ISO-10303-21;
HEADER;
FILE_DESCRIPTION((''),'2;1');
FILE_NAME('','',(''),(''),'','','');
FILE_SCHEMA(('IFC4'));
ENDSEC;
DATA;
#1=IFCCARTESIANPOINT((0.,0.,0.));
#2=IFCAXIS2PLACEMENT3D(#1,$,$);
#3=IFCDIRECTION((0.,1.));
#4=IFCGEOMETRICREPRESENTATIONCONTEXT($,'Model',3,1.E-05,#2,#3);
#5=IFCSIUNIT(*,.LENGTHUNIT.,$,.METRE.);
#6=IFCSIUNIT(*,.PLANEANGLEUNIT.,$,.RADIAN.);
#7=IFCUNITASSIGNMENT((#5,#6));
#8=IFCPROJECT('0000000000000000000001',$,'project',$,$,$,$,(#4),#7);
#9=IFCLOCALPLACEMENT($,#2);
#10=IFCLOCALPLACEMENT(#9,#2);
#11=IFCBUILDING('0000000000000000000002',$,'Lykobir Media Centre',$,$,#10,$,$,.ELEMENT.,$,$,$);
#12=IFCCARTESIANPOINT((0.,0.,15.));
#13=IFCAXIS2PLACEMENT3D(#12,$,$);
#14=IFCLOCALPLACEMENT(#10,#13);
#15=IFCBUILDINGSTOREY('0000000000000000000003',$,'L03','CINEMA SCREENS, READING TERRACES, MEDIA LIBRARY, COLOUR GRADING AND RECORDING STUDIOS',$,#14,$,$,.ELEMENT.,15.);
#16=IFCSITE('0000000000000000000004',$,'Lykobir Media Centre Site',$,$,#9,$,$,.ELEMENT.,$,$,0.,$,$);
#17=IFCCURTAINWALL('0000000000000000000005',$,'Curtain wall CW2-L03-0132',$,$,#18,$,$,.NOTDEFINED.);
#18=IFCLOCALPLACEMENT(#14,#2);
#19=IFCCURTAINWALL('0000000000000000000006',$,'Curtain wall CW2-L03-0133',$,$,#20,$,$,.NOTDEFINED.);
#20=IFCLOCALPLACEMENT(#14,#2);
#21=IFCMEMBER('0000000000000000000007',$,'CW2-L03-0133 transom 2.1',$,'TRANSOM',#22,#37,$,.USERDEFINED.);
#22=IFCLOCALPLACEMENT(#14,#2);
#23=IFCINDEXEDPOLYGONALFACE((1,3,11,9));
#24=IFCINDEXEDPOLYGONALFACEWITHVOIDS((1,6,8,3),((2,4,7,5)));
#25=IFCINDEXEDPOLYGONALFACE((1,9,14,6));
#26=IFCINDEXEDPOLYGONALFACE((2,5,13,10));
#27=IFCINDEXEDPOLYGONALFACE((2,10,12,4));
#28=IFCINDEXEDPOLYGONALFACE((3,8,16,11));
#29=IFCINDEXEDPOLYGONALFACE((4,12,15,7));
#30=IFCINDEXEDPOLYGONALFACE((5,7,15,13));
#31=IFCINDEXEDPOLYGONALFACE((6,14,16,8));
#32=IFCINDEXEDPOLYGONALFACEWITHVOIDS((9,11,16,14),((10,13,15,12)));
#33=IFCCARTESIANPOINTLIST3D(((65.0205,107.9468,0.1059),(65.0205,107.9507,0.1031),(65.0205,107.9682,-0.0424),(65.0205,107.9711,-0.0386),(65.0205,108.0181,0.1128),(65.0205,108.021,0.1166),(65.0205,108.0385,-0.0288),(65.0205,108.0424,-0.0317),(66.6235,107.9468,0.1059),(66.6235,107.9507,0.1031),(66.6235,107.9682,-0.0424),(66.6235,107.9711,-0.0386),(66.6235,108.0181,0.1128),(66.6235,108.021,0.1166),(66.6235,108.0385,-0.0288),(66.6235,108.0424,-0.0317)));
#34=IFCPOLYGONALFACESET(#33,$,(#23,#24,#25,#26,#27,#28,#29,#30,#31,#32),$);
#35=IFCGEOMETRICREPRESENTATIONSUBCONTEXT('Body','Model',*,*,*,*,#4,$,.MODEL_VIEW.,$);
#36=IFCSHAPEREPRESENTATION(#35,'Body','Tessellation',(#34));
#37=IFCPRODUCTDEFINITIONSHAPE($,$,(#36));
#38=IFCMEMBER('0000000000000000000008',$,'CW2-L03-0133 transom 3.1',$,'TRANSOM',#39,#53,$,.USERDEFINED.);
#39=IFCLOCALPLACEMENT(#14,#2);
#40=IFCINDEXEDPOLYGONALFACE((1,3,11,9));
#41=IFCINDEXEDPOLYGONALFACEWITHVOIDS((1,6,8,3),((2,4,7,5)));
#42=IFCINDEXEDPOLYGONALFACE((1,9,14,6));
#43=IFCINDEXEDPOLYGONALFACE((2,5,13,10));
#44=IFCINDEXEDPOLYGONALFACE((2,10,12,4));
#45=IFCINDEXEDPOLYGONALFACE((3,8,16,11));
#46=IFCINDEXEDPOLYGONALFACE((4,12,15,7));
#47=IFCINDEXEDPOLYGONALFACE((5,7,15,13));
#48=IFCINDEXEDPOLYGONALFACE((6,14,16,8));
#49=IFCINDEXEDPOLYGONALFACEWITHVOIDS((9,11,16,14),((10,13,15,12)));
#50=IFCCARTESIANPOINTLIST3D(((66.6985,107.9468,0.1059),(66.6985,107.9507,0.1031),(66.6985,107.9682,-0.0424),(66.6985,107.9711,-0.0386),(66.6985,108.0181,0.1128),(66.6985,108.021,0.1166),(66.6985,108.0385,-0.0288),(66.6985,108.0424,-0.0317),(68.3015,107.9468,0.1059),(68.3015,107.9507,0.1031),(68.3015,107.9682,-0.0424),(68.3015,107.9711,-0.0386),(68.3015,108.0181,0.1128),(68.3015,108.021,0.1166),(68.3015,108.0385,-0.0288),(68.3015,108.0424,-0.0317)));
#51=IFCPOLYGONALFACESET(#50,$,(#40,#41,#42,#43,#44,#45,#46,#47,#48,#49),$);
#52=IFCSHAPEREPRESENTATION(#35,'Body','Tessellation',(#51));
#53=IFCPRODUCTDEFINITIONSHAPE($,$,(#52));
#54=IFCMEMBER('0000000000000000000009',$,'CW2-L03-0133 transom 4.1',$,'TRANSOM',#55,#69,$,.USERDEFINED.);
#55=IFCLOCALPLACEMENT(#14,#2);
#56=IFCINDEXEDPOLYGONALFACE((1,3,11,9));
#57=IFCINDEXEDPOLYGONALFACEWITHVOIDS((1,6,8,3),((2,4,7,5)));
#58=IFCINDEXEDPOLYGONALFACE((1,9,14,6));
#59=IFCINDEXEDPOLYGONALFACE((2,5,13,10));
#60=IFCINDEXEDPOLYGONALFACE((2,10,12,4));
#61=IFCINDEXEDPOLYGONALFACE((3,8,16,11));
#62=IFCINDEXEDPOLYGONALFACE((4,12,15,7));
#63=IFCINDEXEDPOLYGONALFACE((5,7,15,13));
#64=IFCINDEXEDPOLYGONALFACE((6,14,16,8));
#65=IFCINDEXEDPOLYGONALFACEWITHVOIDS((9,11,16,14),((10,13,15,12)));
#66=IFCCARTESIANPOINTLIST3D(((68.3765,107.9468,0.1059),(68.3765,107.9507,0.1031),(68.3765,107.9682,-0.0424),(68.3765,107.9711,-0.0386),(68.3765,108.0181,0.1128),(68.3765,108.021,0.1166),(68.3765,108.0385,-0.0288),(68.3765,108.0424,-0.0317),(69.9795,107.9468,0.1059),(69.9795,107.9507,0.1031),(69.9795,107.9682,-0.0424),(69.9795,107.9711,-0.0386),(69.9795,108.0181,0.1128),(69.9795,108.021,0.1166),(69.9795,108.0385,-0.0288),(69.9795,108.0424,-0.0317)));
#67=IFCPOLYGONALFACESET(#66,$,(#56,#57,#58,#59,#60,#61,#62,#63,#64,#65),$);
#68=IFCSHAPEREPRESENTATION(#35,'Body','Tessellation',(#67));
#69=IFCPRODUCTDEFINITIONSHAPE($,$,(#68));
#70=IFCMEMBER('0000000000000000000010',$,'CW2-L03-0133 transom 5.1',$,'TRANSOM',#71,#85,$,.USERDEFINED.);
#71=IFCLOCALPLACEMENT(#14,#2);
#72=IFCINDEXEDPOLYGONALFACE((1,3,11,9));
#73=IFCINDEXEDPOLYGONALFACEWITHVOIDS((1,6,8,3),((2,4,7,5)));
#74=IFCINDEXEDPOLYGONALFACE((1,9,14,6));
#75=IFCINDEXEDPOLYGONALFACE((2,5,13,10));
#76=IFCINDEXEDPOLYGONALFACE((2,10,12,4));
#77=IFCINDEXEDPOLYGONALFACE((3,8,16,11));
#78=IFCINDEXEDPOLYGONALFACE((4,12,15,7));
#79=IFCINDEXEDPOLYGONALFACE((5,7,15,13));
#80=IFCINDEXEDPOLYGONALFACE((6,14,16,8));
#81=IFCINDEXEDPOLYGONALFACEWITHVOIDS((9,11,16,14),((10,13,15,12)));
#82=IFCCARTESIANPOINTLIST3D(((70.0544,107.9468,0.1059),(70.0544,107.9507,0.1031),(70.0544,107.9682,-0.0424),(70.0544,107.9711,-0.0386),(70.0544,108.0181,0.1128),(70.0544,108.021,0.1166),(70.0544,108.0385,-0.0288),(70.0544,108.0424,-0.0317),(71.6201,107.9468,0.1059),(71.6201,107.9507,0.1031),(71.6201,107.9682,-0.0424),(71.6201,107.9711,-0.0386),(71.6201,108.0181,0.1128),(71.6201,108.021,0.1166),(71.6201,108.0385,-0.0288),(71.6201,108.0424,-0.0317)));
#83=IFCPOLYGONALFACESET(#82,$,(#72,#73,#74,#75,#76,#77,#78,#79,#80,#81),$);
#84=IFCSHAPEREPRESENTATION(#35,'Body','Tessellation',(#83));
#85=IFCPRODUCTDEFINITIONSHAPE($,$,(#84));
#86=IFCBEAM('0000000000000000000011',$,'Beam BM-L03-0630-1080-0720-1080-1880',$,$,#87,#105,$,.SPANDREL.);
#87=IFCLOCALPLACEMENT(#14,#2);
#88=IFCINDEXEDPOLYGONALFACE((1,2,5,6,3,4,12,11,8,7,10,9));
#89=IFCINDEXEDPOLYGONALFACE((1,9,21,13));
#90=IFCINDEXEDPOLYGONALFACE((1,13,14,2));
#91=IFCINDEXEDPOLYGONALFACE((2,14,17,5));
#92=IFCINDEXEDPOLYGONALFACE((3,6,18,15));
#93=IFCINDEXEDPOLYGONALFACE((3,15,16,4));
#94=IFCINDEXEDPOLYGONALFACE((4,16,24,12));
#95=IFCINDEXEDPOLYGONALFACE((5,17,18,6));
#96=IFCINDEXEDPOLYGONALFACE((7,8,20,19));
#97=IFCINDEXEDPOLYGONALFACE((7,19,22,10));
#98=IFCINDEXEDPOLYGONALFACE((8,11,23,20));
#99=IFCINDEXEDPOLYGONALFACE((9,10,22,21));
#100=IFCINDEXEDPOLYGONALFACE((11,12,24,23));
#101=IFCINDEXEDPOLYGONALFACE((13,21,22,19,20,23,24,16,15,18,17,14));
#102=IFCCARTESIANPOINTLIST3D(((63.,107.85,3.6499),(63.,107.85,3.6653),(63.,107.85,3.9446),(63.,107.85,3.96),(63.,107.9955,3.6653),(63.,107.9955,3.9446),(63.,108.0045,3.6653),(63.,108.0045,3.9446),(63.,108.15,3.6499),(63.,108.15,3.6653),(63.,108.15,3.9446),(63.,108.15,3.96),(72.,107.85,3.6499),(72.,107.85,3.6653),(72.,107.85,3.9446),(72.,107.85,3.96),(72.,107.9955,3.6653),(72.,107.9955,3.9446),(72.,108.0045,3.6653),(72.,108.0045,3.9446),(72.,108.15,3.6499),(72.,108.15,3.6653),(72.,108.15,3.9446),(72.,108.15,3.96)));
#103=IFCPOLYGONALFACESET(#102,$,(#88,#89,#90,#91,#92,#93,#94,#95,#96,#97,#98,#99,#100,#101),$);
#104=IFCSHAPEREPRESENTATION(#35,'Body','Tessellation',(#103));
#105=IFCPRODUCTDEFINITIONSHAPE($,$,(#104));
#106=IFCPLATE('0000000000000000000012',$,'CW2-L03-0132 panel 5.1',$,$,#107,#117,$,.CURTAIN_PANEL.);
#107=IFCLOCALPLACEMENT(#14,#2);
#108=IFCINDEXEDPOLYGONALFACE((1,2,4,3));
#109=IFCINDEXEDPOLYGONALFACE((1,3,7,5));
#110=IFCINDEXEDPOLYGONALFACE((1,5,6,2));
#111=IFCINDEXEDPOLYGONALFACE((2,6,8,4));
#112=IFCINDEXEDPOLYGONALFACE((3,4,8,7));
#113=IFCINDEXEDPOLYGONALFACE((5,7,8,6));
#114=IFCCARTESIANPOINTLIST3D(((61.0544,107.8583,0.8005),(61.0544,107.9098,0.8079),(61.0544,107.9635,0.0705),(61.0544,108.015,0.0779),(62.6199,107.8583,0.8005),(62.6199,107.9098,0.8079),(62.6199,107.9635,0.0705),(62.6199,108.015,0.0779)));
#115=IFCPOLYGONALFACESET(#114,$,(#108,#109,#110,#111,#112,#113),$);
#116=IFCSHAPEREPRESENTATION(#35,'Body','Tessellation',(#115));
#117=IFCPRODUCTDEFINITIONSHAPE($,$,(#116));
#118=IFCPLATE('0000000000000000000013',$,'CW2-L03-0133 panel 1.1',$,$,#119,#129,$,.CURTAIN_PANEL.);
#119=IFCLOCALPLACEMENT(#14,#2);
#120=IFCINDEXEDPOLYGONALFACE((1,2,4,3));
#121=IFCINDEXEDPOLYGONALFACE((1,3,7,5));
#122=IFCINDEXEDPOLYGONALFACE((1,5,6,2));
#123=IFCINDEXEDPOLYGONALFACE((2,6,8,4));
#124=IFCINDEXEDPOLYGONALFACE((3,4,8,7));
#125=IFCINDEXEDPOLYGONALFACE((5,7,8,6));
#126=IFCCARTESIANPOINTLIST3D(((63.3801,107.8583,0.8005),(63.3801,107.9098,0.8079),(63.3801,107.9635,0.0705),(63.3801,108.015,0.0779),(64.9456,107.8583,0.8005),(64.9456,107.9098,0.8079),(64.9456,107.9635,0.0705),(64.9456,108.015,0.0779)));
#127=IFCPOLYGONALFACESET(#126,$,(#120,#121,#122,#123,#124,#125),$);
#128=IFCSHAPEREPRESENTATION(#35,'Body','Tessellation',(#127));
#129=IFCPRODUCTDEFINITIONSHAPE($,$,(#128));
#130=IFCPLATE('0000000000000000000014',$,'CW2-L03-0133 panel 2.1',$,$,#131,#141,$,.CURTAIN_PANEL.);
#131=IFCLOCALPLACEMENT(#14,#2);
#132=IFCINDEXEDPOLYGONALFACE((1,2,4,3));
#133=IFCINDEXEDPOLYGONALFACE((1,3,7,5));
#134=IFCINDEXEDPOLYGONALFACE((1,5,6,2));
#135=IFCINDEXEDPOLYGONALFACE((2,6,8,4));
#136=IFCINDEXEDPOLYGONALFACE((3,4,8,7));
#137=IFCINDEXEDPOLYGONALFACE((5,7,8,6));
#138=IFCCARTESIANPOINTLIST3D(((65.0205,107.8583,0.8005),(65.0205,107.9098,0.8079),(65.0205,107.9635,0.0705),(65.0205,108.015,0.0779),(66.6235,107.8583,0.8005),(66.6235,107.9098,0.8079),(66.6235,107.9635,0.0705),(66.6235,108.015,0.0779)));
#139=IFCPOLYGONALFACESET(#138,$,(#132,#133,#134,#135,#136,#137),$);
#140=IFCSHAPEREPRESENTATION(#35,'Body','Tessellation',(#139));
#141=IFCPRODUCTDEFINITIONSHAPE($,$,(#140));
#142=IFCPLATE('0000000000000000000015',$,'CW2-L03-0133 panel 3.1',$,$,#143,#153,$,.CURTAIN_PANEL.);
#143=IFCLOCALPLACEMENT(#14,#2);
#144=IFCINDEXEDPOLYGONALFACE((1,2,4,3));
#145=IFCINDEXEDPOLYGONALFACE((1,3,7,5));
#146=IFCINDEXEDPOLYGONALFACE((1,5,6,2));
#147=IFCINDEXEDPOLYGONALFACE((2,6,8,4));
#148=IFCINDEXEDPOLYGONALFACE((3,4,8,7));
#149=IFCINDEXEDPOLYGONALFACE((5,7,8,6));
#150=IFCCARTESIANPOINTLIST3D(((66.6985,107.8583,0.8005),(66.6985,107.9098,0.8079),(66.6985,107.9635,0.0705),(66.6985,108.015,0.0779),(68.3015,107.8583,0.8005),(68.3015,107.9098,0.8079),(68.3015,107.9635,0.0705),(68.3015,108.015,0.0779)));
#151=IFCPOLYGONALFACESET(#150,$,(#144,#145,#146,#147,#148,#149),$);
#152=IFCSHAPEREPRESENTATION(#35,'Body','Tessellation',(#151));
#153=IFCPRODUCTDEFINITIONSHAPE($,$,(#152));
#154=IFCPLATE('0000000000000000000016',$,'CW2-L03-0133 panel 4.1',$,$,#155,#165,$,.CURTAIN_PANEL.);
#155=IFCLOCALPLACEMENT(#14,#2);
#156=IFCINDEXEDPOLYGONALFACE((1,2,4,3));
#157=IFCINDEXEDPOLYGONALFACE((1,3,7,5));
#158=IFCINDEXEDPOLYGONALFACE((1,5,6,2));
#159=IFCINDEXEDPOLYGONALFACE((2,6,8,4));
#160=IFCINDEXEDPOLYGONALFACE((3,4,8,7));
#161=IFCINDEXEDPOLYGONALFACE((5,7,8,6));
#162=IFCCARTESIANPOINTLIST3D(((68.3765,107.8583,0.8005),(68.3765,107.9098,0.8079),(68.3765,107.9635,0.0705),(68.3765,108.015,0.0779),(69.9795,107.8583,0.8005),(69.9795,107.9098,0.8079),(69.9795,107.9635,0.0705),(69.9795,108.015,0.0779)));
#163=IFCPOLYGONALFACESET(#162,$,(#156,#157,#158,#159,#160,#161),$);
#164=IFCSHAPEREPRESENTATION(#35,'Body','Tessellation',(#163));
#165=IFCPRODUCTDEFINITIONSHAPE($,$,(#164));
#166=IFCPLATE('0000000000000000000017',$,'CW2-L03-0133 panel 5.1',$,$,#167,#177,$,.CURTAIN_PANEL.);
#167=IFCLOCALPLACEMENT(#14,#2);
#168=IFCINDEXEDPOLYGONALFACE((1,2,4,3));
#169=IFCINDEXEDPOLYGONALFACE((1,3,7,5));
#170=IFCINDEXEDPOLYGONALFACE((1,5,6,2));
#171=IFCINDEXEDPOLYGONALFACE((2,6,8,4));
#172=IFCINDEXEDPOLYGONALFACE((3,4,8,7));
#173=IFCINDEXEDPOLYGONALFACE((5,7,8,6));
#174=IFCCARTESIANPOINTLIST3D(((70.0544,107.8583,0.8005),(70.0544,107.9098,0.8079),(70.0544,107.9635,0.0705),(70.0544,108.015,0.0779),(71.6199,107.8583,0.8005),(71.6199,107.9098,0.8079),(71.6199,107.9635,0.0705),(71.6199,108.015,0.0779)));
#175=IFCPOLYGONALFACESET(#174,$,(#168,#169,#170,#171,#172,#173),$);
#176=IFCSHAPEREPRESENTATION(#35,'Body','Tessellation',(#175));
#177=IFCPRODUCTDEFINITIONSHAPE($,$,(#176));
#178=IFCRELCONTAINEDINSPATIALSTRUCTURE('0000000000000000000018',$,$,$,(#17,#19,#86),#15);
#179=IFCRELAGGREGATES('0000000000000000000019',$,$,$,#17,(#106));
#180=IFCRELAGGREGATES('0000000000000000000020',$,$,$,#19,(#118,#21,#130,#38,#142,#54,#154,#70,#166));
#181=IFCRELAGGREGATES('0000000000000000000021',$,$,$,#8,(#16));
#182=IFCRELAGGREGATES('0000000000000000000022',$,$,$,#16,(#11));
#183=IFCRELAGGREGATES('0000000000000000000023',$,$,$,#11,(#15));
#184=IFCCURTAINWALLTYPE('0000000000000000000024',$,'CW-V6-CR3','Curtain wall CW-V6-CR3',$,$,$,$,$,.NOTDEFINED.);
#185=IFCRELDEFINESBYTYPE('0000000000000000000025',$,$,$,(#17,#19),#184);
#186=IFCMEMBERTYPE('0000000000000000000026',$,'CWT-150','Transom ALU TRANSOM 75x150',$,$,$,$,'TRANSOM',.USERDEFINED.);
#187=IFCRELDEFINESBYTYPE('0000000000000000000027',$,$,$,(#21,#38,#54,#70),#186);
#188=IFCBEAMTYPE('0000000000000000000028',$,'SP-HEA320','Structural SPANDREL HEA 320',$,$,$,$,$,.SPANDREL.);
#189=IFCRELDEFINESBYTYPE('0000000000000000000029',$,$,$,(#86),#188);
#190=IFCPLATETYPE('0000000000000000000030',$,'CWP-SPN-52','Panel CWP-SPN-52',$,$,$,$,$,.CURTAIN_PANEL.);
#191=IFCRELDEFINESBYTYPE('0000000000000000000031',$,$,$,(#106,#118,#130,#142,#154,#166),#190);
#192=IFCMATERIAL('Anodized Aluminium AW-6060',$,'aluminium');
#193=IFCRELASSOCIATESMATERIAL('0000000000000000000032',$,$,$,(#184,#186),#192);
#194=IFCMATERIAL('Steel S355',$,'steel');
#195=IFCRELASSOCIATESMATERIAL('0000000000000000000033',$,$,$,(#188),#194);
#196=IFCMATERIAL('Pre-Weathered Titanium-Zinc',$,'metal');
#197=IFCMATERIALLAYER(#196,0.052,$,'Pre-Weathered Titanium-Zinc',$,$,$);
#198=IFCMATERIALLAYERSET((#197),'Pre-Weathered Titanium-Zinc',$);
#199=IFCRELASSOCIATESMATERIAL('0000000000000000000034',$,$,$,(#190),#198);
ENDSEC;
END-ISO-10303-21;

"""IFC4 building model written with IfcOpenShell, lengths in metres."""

from ifc_helpers import new_model, si_unit, direction, frame, origin, origin_2d, place, context, subcontext, project, spatial, rectangle, hollow_rectangle, i_section, extrude, material, layer, layer_set, material_profile, profile_set, type_object, element, aggregate, save


model = new_model("IFC4")

# Units and contexts
model_context = context("Model", 3, precision=1e-05, world=origin(), true_north=direction((0.0, 1.0)))
body_context = subcontext(model_context, "Body", "Model", "MODEL_VIEW")
ifc_project = project(units=[si_unit("LENGTHUNIT", "METRE"), si_unit("PLANEANGLEUNIT", "RADIAN")], contexts=[model_context])

# Site, building, storey
site_placement = place(None, origin())
site = spatial("IfcSite", under=ifc_project, at=site_placement, Name="Lykobir Media Centre Site", CompositionType="ELEMENT", RefElevation=0.0)
building_placement = place(site_placement, origin())
building = spatial("IfcBuilding", under=site, at=building_placement, Name="Lykobir Media Centre", CompositionType="ELEMENT")
storey_placement = place(building_placement, frame((0.0, 0.0, 15.0)))
storey = spatial("IfcBuildingStorey", under=building, at=storey_placement, Name="L03", Description="CINEMA SCREENS, READING TERRACES, MEDIA LIBRARY, COLOUR GRADING AND RECORDING STUDIOS", CompositionType="ELEMENT", Elevation=15.0)

# Curtain walls
ifc_material_1 = material(Name="Anodized Aluminium AW-6060", Category="aluminium")
curtain_wall_type = type_object("IfcCurtainWallType", Name="CW-V6-CR3", Description="Curtain wall CW-V6-CR3", PredefinedType="NOTDEFINED", material=ifc_material_1)
curtain_wall_1_placement = place(storey_placement, origin())
curtain_wall_1 = element("IfcCurtainWall", 1, at=curtain_wall_1_placement, inside=storey, type_object=curtain_wall_type, Name="Curtain wall CW2-L03-0132", PredefinedType="NOTDEFINED")
curtain_wall_2_placement = place(storey_placement, origin())
curtain_wall_2 = element("IfcCurtainWall", 2, at=curtain_wall_2_placement, inside=storey, type_object=curtain_wall_type, Name="Curtain wall CW2-L03-0133", PredefinedType="NOTDEFINED")

# Members
ifc_material_profile_1 = material_profile(ifc_material_1, hollow_rectangle(XDim=0.075, YDim=0.1499, WallThickness=0.0034, at=origin_2d()), Name="ALU TRANSOM 75x150")
ifc_profile_set_1 = profile_set([ifc_material_profile_1], Name="Anodized Aluminium AW-6060")
member_type_1 = type_object("IfcMemberType", Name="CWT-150", Description="Transom ALU TRANSOM 75x150", ElementType="TRANSOM", PredefinedType="USERDEFINED", material=ifc_profile_set_1)
member_1_placement = place(storey_placement, frame((65.0205, 107.9946, 0.0371), z_axis=(1.0, 0.0, 0.0), x_axis=(0.0, 0.989776, 0.142629)))
member_1 = element("IfcMember", 3, at=member_1_placement, type_object=member_type_1, Name="CW2-L03-0133 transom 2.1", ObjectType="TRANSOM", PredefinedType="USERDEFINED", context=body_context, shape_type="SweptSolid", body=[
    extrude(hollow_rectangle(XDim=0.075, YDim=0.1499, WallThickness=0.0034, at=origin_2d()), origin(), (0.0, 0.0, 1.0), 1.603),
])
member_2_placement = place(storey_placement, frame((66.6985, 107.9946, 0.0371), z_axis=(1.0, 0.0, 0.0), x_axis=(0.0, 0.989776, 0.142629)))
member_2 = element("IfcMember", 4, at=member_2_placement, type_object=member_type_1, Name="CW2-L03-0133 transom 3.1", ObjectType="TRANSOM", PredefinedType="USERDEFINED", context=body_context, shape_type="SweptSolid", body=[
    extrude(hollow_rectangle(XDim=0.075, YDim=0.1499, WallThickness=0.0034, at=origin_2d()), origin(), (0.0, 0.0, 1.0), 1.603),
])
member_3_placement = place(storey_placement, frame((68.3765, 107.9946, 0.0371), z_axis=(1.0, 0.0, 0.0), x_axis=(0.0, 0.989776, 0.142629)))
member_3 = element("IfcMember", 5, at=member_3_placement, type_object=member_type_1, Name="CW2-L03-0133 transom 4.1", ObjectType="TRANSOM", PredefinedType="USERDEFINED", context=body_context, shape_type="SweptSolid", body=[
    extrude(hollow_rectangle(XDim=0.075, YDim=0.1499, WallThickness=0.0034, at=origin_2d()), origin(), (0.0, 0.0, 1.0), 1.603),
])
member_4_placement = place(storey_placement, frame((70.0544, 107.9946, 0.0371), z_axis=(1.0, 0.0, 0.0), x_axis=(0.0, 0.989776, 0.142629)))
member_4 = element("IfcMember", 6, at=member_4_placement, type_object=member_type_1, Name="CW2-L03-0133 transom 5.1", ObjectType="TRANSOM", PredefinedType="USERDEFINED", context=body_context, shape_type="SweptSolid", body=[
    extrude(hollow_rectangle(XDim=0.075, YDim=0.1499, WallThickness=0.0034, at=origin_2d()), origin(), (0.0, 0.0, 1.0), 1.5657),
])

# Beam
ifc_material_2 = material(Name="Steel S355", Category="steel")
ifc_material_profile_2 = material_profile(ifc_material_2, i_section(OverallWidth=0.3, OverallDepth=0.3101, WebThickness=0.009, FlangeThickness=0.0154, at=origin_2d()), Name="HEA 320")
ifc_profile_set_2 = profile_set([ifc_material_profile_2], Name="Steel S355")
beam_type = type_object("IfcBeamType", Name="SP-HEA320", Description="Structural SPANDREL HEA 320", PredefinedType="SPANDREL", material=ifc_profile_set_2)
beam_placement = place(storey_placement, frame((63.0, 108.0, 3.8049), z_axis=(1.0, 0.0, 0.0), x_axis=(0.0, 1.0, 0.0)))
element("IfcBeam", 7, at=beam_placement, inside=storey, type_object=beam_type, Name="Beam BM-L03-0630-1080-0720-1080-1880", PredefinedType="SPANDREL", context=body_context, shape_type="SweptSolid", body=[
    extrude(i_section(OverallWidth=0.3, OverallDepth=0.3101, WebThickness=0.009, FlangeThickness=0.0154, at=origin_2d()), origin(), (0.0, 0.0, 1.0), 9.0),
])

# Plates
ifc_material_3 = material(Name="Pre-Weathered Titanium-Zinc", Category="metal")
ifc_layer = layer(ifc_material_3, 0.052, Name="Pre-Weathered Titanium-Zinc")
ifc_layer_set = layer_set([ifc_layer], Name="Pre-Weathered Titanium-Zinc")
plate_type = type_object("IfcPlateType", Name="CWP-SPN-52", Description="Panel CWP-SPN-52", PredefinedType="CURTAIN_PANEL", material=ifc_layer_set)
plate_1_placement = place(storey_placement, frame((61.8372, 107.9893, 0.0742), z_axis=(0.0, -0.142629, 0.989776), x_axis=(1.0, 0.0, 0.0)))
plate_1 = element("IfcPlate", 8, at=plate_1_placement, type_object=plate_type, Name="CW2-L03-0132 panel 5.1", PredefinedType="CURTAIN_PANEL", context=body_context, shape_type="SweptSolid", body=[
    extrude(rectangle(XDim=1.5654, YDim=0.052, at=origin_2d()), origin(), (0.0, 0.0, 1.0), 0.7375),
])
aggregate(curtain_wall_1, [plate_1])
plate_2_placement = place(storey_placement, frame((64.1628, 107.9893, 0.0742), z_axis=(0.0, -0.142629, 0.989776), x_axis=(1.0, 0.0, 0.0)))
plate_2 = element("IfcPlate", 9, at=plate_2_placement, type_object=plate_type, Name="CW2-L03-0133 panel 1.1", PredefinedType="CURTAIN_PANEL", context=body_context, shape_type="SweptSolid", body=[
    extrude(rectangle(XDim=1.5654, YDim=0.052, at=origin_2d()), origin(), (0.0, 0.0, 1.0), 0.7375),
])
plate_3_placement = place(storey_placement, frame((65.822, 107.9893, 0.0742), z_axis=(0.0, -0.142629, 0.989776), x_axis=(1.0, 0.0, 0.0)))
plate_3 = element("IfcPlate", 10, at=plate_3_placement, type_object=plate_type, Name="CW2-L03-0133 panel 2.1", PredefinedType="CURTAIN_PANEL", context=body_context, shape_type="SweptSolid", body=[
    extrude(rectangle(XDim=1.603, YDim=0.052, at=origin_2d()), origin(), (0.0, 0.0, 1.0), 0.7375),
])
plate_4_placement = place(storey_placement, frame((67.5, 107.9893, 0.0742), z_axis=(0.0, -0.142629, 0.989776), x_axis=(1.0, 0.0, 0.0)))
plate_4 = element("IfcPlate", 11, at=plate_4_placement, type_object=plate_type, Name="CW2-L03-0133 panel 3.1", PredefinedType="CURTAIN_PANEL", context=body_context, shape_type="SweptSolid", body=[
    extrude(rectangle(XDim=1.603, YDim=0.052, at=origin_2d()), origin(), (0.0, 0.0, 1.0), 0.7375),
])
plate_5_placement = place(storey_placement, frame((69.178, 107.9893, 0.0742), z_axis=(0.0, -0.142629, 0.989776), x_axis=(1.0, 0.0, 0.0)))
plate_5 = element("IfcPlate", 12, at=plate_5_placement, type_object=plate_type, Name="CW2-L03-0133 panel 4.1", PredefinedType="CURTAIN_PANEL", context=body_context, shape_type="SweptSolid", body=[
    extrude(rectangle(XDim=1.603, YDim=0.052, at=origin_2d()), origin(), (0.0, 0.0, 1.0), 0.7375),
])
plate_6_placement = place(storey_placement, frame((70.8372, 107.9893, 0.0742), z_axis=(0.0, -0.142629, 0.989776), x_axis=(1.0, 0.0, 0.0)))
plate_6 = element("IfcPlate", 13, at=plate_6_placement, type_object=plate_type, Name="CW2-L03-0133 panel 5.1", PredefinedType="CURTAIN_PANEL", context=body_context, shape_type="SweptSolid", body=[
    extrude(rectangle(XDim=1.5654, YDim=0.052, at=origin_2d()), origin(), (0.0, 0.0, 1.0), 0.7375),
])
aggregate(curtain_wall_2, [plate_2, member_1, plate_3, member_2, plate_4, member_3, plate_5, member_4, plate_6])

save(model, "model.ifc")
